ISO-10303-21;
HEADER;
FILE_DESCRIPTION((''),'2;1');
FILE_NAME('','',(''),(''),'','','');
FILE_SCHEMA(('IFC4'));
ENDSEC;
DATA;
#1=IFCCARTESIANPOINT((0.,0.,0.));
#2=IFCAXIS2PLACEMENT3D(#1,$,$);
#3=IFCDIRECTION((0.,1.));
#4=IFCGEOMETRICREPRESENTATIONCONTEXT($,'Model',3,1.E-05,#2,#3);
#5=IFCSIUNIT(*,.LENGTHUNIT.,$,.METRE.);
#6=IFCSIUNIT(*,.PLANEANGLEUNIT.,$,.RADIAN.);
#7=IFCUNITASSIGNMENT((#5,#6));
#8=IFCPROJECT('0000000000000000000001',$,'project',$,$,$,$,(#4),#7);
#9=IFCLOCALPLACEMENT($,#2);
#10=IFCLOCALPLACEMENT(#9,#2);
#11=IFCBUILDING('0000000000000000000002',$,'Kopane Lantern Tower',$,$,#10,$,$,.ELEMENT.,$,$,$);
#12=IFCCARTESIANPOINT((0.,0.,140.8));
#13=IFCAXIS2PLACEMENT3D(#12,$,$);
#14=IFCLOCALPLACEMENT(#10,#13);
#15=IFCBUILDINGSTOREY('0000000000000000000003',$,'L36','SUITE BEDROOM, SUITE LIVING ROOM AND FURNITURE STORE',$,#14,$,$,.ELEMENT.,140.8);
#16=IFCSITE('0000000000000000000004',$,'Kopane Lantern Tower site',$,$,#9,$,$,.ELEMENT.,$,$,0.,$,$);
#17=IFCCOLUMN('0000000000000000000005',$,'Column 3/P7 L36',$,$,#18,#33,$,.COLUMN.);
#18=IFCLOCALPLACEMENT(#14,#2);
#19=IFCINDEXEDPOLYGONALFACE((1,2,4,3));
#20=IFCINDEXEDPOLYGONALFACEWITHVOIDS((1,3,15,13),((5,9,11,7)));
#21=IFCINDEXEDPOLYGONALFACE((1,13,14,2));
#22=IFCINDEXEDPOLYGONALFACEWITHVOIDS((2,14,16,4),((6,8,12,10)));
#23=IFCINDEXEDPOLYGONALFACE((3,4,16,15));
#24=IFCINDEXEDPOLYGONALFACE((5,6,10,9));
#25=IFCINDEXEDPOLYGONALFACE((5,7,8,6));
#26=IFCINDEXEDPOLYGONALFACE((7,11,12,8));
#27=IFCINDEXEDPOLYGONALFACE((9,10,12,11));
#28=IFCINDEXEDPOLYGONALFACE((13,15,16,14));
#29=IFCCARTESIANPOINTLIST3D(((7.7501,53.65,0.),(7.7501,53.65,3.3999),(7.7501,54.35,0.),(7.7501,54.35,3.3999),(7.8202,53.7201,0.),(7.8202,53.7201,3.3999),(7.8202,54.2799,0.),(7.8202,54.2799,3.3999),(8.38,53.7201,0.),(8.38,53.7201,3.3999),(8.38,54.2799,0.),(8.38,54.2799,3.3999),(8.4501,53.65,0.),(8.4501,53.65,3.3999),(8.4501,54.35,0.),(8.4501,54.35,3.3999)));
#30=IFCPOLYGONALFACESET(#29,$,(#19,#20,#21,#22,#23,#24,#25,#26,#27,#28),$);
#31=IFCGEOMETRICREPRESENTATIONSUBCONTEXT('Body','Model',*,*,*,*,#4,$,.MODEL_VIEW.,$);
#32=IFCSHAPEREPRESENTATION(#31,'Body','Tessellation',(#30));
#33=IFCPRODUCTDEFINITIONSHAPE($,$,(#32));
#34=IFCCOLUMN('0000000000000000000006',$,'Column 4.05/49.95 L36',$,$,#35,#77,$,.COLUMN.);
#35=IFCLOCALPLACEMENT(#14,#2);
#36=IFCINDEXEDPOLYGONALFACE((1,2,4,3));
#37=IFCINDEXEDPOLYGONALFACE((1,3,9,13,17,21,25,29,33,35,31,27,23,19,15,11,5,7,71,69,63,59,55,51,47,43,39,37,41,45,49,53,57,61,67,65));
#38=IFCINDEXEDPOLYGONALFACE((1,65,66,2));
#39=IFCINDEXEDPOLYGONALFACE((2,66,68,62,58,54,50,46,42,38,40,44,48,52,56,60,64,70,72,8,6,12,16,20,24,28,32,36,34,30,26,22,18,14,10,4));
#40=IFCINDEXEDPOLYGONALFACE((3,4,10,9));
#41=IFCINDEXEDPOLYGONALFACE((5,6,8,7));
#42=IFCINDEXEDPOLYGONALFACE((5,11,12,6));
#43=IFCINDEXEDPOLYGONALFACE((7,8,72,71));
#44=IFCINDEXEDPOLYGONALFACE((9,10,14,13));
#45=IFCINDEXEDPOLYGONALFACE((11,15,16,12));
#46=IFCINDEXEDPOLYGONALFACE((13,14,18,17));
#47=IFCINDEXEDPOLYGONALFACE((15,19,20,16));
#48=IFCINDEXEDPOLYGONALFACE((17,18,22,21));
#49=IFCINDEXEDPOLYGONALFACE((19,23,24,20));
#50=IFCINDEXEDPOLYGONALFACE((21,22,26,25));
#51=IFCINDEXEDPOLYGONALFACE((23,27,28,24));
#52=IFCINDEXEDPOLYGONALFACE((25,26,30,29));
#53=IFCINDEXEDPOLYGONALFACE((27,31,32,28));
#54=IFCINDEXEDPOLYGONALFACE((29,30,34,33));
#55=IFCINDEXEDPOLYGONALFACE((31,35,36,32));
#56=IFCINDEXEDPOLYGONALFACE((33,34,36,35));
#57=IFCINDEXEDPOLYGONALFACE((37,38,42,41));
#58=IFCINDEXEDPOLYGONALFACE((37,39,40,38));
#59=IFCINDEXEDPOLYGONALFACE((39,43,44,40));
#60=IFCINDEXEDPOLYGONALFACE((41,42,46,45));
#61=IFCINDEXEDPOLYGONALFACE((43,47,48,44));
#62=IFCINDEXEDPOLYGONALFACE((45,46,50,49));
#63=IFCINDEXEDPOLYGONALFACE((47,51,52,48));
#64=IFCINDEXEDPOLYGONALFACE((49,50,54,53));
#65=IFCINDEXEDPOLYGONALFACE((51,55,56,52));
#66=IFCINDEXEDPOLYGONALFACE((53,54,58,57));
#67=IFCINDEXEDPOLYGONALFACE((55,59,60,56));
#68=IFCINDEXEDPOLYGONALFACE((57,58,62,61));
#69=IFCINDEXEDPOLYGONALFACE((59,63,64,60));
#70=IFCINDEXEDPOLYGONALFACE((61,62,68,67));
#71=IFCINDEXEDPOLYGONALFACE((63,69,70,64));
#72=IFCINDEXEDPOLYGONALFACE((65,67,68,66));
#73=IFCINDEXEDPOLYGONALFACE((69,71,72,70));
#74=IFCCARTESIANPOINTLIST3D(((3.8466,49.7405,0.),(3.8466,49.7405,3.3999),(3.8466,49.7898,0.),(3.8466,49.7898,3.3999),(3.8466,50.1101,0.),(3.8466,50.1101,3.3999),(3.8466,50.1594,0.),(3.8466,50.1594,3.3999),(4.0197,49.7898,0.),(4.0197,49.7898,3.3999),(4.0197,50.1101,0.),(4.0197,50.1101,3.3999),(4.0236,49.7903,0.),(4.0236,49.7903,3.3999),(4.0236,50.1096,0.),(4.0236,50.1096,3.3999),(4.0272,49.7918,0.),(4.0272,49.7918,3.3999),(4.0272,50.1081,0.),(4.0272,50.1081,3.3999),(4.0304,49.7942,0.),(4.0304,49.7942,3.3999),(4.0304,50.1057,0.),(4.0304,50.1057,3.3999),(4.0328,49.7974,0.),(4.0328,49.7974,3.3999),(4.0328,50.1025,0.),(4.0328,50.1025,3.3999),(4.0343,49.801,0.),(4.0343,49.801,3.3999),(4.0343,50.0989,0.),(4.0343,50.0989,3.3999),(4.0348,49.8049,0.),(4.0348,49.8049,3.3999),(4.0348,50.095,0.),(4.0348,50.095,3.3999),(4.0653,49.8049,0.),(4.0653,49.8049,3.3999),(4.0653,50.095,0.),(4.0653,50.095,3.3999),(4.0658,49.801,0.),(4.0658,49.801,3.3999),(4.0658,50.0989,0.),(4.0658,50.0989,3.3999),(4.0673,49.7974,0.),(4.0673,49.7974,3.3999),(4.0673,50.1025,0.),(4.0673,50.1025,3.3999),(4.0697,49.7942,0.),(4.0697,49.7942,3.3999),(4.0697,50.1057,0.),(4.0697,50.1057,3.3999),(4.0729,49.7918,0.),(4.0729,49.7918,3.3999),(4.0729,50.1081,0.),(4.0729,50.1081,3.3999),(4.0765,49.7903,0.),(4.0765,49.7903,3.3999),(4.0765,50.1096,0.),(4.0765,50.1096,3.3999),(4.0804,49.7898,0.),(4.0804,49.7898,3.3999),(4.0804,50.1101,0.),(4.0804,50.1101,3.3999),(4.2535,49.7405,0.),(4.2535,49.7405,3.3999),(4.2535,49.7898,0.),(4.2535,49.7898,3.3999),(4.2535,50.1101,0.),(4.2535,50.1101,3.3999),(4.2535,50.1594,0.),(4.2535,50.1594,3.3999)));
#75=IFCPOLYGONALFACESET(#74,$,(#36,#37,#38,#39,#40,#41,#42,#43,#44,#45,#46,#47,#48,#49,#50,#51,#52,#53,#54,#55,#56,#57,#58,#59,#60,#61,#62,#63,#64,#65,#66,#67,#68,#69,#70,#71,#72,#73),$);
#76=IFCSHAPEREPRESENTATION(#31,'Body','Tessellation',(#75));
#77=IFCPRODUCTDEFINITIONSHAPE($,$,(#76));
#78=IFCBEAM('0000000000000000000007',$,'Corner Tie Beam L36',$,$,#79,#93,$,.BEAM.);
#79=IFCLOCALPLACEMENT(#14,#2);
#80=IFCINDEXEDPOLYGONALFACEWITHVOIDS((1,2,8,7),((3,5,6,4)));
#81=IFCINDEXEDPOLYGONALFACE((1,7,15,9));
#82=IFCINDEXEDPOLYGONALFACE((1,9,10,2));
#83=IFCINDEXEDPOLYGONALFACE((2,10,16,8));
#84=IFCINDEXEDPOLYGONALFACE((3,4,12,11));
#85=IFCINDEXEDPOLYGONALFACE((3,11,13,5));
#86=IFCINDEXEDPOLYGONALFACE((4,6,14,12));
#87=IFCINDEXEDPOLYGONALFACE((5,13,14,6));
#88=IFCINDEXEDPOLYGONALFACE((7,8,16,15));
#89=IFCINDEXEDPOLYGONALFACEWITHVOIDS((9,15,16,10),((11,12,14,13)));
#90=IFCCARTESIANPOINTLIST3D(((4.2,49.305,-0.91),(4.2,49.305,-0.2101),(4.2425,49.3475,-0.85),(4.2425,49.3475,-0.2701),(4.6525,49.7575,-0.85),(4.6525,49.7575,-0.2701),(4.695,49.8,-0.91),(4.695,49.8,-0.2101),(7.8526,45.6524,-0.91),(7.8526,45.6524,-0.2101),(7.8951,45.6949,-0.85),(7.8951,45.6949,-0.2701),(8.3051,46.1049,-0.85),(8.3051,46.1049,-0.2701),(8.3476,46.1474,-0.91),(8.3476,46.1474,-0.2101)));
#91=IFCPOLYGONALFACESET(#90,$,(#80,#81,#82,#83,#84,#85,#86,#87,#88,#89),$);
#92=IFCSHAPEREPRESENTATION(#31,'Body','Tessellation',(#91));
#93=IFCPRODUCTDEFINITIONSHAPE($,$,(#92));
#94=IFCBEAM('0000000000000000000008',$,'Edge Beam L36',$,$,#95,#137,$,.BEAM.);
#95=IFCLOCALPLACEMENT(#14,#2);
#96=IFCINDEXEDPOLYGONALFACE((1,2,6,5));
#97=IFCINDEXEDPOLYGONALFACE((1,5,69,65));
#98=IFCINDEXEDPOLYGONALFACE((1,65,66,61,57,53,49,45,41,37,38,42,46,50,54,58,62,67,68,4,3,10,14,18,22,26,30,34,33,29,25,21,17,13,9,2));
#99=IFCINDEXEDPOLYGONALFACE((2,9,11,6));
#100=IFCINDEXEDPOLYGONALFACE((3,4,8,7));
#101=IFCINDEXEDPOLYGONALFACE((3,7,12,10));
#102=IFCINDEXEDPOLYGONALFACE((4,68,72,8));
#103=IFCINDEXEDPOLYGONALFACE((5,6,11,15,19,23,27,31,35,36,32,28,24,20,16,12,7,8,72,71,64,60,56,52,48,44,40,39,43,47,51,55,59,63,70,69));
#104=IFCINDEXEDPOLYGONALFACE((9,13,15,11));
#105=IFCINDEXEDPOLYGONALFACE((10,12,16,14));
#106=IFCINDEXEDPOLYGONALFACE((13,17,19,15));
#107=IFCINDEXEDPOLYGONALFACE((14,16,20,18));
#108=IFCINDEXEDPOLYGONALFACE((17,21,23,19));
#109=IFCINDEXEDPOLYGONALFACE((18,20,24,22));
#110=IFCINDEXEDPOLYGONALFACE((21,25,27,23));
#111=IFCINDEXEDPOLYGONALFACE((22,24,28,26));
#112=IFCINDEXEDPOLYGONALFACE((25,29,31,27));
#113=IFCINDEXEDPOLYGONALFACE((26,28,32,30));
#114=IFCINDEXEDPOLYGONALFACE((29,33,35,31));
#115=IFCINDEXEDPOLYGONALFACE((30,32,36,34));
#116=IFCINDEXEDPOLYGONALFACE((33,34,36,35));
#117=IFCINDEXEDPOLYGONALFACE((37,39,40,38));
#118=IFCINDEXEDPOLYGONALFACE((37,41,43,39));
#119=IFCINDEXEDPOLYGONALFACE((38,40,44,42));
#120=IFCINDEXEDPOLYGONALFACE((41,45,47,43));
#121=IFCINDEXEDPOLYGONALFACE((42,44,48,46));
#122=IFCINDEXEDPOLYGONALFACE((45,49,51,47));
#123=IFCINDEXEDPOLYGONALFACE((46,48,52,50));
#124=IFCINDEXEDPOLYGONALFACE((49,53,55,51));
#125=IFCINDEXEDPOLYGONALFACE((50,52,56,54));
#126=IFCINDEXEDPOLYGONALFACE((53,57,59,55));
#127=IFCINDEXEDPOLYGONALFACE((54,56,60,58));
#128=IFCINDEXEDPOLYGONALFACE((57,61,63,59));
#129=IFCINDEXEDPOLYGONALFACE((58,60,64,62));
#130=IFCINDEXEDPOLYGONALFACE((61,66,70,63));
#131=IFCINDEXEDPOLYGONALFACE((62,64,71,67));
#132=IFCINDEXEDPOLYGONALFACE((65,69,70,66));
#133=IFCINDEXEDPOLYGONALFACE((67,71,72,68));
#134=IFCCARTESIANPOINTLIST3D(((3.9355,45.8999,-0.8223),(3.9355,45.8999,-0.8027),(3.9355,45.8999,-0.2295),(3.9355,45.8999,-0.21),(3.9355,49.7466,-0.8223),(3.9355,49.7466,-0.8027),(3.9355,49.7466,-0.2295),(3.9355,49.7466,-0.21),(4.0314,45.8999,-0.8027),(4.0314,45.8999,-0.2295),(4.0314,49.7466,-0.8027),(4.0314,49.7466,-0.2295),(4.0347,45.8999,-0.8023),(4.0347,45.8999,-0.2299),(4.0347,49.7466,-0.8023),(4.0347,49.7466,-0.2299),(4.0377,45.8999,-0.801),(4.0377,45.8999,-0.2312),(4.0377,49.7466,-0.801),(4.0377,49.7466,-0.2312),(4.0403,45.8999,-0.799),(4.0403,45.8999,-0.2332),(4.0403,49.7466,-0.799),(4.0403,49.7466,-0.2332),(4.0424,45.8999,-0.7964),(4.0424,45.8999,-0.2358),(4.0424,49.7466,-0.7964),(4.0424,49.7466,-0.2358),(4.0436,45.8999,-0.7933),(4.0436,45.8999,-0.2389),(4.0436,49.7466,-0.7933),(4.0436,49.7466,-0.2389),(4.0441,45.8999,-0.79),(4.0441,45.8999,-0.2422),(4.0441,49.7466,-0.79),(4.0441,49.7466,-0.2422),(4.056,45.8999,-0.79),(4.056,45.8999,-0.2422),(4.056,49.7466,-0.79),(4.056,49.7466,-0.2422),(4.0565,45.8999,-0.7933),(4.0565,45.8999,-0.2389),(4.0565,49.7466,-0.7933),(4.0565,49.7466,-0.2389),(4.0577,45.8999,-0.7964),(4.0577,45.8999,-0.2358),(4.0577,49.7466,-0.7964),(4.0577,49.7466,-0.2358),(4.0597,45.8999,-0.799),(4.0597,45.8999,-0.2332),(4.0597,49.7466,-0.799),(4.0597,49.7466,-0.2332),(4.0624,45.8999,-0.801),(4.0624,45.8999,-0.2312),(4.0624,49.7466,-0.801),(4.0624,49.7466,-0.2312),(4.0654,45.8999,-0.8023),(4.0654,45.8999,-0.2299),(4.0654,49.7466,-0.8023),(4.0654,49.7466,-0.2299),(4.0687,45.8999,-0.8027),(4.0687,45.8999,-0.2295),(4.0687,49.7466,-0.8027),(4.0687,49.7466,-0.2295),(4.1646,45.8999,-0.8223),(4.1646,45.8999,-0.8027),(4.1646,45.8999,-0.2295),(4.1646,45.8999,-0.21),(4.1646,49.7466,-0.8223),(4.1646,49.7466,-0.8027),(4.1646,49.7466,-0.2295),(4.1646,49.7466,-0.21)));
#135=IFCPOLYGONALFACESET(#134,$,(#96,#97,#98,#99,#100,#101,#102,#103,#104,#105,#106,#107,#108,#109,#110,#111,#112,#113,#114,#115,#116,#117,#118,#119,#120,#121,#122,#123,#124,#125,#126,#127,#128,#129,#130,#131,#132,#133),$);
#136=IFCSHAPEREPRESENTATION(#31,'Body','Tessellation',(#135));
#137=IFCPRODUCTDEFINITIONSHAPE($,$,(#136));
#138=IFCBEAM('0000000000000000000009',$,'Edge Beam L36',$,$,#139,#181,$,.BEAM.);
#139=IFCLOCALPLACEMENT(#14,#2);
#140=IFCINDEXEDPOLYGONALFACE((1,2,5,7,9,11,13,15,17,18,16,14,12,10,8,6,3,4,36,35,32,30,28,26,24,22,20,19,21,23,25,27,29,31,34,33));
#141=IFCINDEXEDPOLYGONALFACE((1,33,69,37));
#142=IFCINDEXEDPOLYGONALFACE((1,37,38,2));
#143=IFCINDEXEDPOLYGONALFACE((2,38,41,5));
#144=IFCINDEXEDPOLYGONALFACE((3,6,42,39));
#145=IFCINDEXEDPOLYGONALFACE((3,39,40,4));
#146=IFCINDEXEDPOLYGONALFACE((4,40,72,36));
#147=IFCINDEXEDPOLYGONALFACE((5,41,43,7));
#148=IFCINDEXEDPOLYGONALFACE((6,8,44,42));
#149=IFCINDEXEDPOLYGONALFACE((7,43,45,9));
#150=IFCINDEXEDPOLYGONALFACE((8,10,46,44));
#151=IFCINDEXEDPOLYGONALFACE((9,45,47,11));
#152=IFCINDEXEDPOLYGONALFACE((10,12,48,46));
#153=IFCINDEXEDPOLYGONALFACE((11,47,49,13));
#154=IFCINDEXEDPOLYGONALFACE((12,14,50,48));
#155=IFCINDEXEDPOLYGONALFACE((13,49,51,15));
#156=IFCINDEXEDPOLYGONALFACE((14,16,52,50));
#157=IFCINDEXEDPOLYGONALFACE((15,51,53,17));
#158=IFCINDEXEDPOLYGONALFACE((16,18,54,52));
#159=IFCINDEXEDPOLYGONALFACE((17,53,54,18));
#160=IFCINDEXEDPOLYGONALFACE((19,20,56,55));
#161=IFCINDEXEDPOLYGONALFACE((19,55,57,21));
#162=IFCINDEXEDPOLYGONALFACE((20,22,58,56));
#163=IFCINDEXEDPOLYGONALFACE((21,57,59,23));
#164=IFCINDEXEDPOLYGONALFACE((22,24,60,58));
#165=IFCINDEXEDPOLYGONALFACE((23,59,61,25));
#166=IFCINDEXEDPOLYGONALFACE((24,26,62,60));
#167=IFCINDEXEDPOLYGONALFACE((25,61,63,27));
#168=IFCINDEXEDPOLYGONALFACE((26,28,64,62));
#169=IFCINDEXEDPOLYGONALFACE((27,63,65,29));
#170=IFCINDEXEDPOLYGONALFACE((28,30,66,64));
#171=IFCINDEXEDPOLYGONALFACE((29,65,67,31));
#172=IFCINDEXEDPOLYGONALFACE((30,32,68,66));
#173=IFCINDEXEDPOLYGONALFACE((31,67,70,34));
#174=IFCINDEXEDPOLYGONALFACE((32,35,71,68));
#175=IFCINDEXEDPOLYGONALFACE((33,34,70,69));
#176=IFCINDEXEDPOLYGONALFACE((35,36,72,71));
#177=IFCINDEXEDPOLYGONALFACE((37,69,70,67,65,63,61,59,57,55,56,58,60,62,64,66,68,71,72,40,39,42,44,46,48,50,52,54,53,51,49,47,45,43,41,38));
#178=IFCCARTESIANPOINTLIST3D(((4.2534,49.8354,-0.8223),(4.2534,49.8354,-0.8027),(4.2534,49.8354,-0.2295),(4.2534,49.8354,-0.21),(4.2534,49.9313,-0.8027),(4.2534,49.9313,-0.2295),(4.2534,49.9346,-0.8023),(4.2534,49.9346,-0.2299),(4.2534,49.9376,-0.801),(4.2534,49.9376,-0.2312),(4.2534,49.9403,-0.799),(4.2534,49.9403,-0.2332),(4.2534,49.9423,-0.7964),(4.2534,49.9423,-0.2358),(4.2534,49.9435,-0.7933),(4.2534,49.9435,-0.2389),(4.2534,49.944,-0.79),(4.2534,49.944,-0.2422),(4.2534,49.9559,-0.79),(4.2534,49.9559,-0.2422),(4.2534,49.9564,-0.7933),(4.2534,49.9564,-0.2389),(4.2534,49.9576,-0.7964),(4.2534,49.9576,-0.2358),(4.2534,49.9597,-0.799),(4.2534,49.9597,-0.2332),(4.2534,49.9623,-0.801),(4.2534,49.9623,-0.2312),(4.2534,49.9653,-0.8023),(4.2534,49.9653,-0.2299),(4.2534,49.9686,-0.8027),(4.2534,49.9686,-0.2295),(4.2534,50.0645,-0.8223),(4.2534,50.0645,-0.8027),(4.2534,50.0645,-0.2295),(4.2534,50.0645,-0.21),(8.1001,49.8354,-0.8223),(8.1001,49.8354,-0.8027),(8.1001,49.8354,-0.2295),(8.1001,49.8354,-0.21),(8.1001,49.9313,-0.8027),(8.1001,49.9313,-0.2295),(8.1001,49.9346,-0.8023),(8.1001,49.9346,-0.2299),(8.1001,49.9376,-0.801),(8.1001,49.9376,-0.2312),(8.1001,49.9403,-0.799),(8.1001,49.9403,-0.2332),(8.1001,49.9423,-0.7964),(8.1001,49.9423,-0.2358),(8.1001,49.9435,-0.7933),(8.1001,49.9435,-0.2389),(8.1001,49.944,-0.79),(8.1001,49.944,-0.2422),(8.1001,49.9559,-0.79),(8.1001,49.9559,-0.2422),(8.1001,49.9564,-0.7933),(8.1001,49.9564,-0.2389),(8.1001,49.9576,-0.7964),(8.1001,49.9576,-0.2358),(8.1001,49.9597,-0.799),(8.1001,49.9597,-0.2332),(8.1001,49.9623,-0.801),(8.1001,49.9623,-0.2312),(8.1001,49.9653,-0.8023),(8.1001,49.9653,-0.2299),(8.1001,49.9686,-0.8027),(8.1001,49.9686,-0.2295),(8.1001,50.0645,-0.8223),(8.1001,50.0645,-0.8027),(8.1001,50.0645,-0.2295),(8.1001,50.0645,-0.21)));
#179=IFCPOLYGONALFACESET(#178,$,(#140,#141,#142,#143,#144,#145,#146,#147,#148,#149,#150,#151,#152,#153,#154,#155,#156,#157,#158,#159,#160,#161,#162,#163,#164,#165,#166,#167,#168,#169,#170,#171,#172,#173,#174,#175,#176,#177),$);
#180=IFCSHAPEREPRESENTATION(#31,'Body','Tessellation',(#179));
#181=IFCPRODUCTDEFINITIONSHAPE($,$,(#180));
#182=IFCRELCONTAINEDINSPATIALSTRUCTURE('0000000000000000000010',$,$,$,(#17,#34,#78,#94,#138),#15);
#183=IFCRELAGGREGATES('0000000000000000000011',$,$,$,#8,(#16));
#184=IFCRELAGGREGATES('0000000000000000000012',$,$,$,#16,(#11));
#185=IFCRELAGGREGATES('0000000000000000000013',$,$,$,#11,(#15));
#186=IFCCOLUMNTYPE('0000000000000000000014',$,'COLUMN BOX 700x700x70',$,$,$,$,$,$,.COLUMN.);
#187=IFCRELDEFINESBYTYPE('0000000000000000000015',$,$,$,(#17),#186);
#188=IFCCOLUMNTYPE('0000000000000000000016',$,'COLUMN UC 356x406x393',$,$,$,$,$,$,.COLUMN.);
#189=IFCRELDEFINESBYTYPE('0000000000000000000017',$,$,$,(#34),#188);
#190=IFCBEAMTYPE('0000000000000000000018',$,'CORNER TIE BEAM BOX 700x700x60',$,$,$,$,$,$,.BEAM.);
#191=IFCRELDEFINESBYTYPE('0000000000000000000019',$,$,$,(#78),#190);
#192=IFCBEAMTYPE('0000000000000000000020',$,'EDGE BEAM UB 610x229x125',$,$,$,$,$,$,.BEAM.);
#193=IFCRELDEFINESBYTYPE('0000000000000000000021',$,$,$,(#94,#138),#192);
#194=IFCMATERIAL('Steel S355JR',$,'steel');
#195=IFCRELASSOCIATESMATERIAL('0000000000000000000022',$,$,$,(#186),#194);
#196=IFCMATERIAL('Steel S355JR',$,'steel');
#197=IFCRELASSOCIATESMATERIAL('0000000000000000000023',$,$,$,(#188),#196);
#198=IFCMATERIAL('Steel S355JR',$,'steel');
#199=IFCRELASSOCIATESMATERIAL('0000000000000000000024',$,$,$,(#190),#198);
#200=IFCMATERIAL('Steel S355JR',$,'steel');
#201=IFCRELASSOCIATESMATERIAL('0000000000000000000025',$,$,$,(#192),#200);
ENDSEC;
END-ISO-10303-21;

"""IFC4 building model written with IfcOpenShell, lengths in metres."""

from ifc_helpers import new_model, si_unit, direction, frame, origin, origin_2d, place, context, subcontext, project, spatial, hollow_rectangle, i_section, extrude, material, material_profile, profile_set, type_object, element, save


model = new_model("IFC4")

# Units and contexts
model_context = context("Model", 3, precision=1e-05, world=origin(), true_north=direction((0.0, 1.0)))
body_context = subcontext(model_context, "Body", "Model", "MODEL_VIEW")
ifc_project = project(units=[si_unit("LENGTHUNIT", "METRE"), si_unit("PLANEANGLEUNIT", "RADIAN")], contexts=[model_context])

# Site, building, storey
site_placement = place(None, origin())
site = spatial("IfcSite", under=ifc_project, at=site_placement, Name="Kopane Lantern Tower site", CompositionType="ELEMENT", RefElevation=0.0)
building_placement = place(site_placement, origin())
building = spatial("IfcBuilding", under=site, at=building_placement, Name="Kopane Lantern Tower", CompositionType="ELEMENT")
storey_placement = place(building_placement, frame((0.0, 0.0, 140.8)))
storey = spatial("IfcBuildingStorey", under=building, at=storey_placement, Name="L36", Description="SUITE BEDROOM, SUITE LIVING ROOM AND FURNITURE STORE", CompositionType="ELEMENT", Elevation=140.8)

# Columns
ifc_material_1 = material(Name="Steel S355JR", Category="steel")
ifc_material_profile_1 = material_profile(ifc_material_1, hollow_rectangle(XDim=0.7, YDim=0.7, WallThickness=0.0701, at=origin_2d()), Name="BOX 700x700x70")
ifc_profile_set_1 = profile_set([ifc_material_profile_1], Name="Steel S355JR")
column_type_1 = type_object("IfcColumnType", Name="COLUMN BOX 700x700x70", PredefinedType="COLUMN", material=ifc_profile_set_1)
column_1_placement = place(storey_placement, frame((8.1001, 54.0, 0.0), z_axis=(0.0, 0.0, 1.0), x_axis=(1.0, 0.0, 0.0)))
element("IfcColumn", 1, at=column_1_placement, inside=storey, type_object=column_type_1, Name="Column 3/P7 L36", PredefinedType="COLUMN", context=body_context, shape_type="SweptSolid", body=[
    extrude(hollow_rectangle(XDim=0.7, YDim=0.7, WallThickness=0.0701, at=origin_2d()), origin(), (0.0, 0.0, 1.0), 3.3999),
])
ifc_material_2 = material(Name="Steel S355JR", Category="steel")
ifc_material_profile_2 = material_profile(ifc_material_2, i_section(OverallWidth=0.407, OverallDepth=0.4189, WebThickness=0.0305, FlangeThickness=0.0493, FilletRadius=0.0151, at=origin_2d()), Name="UC 356x406x393")
ifc_profile_set_2 = profile_set([ifc_material_profile_2], Name="Steel S355JR")
column_type_2 = type_object("IfcColumnType", Name="COLUMN UC 356x406x393", PredefinedType="COLUMN", material=ifc_profile_set_2)
column_2_placement = place(storey_placement, frame((4.05, 49.95, 0.0), z_axis=(0.0, 0.0, 1.0), x_axis=(1.0, 0.0, 0.0)))
element("IfcColumn", 2, at=column_2_placement, inside=storey, type_object=column_type_2, Name="Column 4.05/49.95 L36", PredefinedType="COLUMN", context=body_context, shape_type="SweptSolid", body=[
    extrude(i_section(OverallWidth=0.407, OverallDepth=0.4189, WebThickness=0.0305, FlangeThickness=0.0493, FilletRadius=0.0151, at=origin_2d()), origin(), (0.0, 0.0, 1.0), 3.3999),
])

# Beams
ifc_material_3 = material(Name="Steel S355JR", Category="steel")
ifc_material_profile_3 = material_profile(ifc_material_3, hollow_rectangle(XDim=0.7, YDim=0.7, WallThickness=0.0601, at=origin_2d()), Name="BOX 700x700x60")
ifc_profile_set_3 = profile_set([ifc_material_profile_3], Name="Steel S355JR")
beam_type_1 = type_object("IfcBeamType", Name="CORNER TIE BEAM BOX 700x700x60", PredefinedType="BEAM", material=ifc_profile_set_3)
beam_placement = place(storey_placement, frame((4.4475, 49.5525, -0.5601), z_axis=(0.707107, -0.707107, 0.0), x_axis=(0.707107, 0.707107, 0.0)))
element("IfcBeam", 3, at=beam_placement, inside=storey, type_object=beam_type_1, Name="Corner Tie Beam L36", PredefinedType="BEAM", context=body_context, shape_type="SweptSolid", body=[
    extrude(hollow_rectangle(XDim=0.7, YDim=0.7, WallThickness=0.0601, at=origin_2d()), origin(), (0.0, 0.0, 1.0), 5.1655),
])
ifc_material_4 = material(Name="Steel S355JR", Category="steel")
ifc_material_profile_4 = material_profile(ifc_material_4, i_section(OverallWidth=0.229, OverallDepth=0.6123, WebThickness=0.012, FlangeThickness=0.0195, FilletRadius=0.0127, at=origin_2d()), Name="UB 610x229x125")
ifc_profile_set_4 = profile_set([ifc_material_profile_4], Name="Steel S355JR")
beam_type_2 = type_object("IfcBeamType", Name="EDGE BEAM UB 610x229x125", PredefinedType="BEAM", material=ifc_profile_set_4)
for number, where, z_axis, x_axis, name in (
    (4, (4.05, 49.7466, -0.5161), (0.0, -1.0, 0.0), (1.0, 0.0, 0.0), "Edge Beam L36"),
    (5, (4.2534, 49.95, -0.5161), (1.0, 0.0, 0.0), (0.0, 1.0, 0.0), "Edge Beam L36"),
):
    element("IfcBeam", number, at=place(storey_placement, frame(where, z_axis=z_axis, x_axis=x_axis)), inside=storey, type_object=beam_type_2, Name=name, PredefinedType="BEAM", context=body_context, shape_type="SweptSolid", body=[
        extrude(i_section(OverallWidth=0.229, OverallDepth=0.6123, WebThickness=0.012, FlangeThickness=0.0195, FilletRadius=0.0127, at=origin_2d()), origin(), (0.0, 0.0, 1.0), 3.8467),
    ])

save(model, "model.ifc")
